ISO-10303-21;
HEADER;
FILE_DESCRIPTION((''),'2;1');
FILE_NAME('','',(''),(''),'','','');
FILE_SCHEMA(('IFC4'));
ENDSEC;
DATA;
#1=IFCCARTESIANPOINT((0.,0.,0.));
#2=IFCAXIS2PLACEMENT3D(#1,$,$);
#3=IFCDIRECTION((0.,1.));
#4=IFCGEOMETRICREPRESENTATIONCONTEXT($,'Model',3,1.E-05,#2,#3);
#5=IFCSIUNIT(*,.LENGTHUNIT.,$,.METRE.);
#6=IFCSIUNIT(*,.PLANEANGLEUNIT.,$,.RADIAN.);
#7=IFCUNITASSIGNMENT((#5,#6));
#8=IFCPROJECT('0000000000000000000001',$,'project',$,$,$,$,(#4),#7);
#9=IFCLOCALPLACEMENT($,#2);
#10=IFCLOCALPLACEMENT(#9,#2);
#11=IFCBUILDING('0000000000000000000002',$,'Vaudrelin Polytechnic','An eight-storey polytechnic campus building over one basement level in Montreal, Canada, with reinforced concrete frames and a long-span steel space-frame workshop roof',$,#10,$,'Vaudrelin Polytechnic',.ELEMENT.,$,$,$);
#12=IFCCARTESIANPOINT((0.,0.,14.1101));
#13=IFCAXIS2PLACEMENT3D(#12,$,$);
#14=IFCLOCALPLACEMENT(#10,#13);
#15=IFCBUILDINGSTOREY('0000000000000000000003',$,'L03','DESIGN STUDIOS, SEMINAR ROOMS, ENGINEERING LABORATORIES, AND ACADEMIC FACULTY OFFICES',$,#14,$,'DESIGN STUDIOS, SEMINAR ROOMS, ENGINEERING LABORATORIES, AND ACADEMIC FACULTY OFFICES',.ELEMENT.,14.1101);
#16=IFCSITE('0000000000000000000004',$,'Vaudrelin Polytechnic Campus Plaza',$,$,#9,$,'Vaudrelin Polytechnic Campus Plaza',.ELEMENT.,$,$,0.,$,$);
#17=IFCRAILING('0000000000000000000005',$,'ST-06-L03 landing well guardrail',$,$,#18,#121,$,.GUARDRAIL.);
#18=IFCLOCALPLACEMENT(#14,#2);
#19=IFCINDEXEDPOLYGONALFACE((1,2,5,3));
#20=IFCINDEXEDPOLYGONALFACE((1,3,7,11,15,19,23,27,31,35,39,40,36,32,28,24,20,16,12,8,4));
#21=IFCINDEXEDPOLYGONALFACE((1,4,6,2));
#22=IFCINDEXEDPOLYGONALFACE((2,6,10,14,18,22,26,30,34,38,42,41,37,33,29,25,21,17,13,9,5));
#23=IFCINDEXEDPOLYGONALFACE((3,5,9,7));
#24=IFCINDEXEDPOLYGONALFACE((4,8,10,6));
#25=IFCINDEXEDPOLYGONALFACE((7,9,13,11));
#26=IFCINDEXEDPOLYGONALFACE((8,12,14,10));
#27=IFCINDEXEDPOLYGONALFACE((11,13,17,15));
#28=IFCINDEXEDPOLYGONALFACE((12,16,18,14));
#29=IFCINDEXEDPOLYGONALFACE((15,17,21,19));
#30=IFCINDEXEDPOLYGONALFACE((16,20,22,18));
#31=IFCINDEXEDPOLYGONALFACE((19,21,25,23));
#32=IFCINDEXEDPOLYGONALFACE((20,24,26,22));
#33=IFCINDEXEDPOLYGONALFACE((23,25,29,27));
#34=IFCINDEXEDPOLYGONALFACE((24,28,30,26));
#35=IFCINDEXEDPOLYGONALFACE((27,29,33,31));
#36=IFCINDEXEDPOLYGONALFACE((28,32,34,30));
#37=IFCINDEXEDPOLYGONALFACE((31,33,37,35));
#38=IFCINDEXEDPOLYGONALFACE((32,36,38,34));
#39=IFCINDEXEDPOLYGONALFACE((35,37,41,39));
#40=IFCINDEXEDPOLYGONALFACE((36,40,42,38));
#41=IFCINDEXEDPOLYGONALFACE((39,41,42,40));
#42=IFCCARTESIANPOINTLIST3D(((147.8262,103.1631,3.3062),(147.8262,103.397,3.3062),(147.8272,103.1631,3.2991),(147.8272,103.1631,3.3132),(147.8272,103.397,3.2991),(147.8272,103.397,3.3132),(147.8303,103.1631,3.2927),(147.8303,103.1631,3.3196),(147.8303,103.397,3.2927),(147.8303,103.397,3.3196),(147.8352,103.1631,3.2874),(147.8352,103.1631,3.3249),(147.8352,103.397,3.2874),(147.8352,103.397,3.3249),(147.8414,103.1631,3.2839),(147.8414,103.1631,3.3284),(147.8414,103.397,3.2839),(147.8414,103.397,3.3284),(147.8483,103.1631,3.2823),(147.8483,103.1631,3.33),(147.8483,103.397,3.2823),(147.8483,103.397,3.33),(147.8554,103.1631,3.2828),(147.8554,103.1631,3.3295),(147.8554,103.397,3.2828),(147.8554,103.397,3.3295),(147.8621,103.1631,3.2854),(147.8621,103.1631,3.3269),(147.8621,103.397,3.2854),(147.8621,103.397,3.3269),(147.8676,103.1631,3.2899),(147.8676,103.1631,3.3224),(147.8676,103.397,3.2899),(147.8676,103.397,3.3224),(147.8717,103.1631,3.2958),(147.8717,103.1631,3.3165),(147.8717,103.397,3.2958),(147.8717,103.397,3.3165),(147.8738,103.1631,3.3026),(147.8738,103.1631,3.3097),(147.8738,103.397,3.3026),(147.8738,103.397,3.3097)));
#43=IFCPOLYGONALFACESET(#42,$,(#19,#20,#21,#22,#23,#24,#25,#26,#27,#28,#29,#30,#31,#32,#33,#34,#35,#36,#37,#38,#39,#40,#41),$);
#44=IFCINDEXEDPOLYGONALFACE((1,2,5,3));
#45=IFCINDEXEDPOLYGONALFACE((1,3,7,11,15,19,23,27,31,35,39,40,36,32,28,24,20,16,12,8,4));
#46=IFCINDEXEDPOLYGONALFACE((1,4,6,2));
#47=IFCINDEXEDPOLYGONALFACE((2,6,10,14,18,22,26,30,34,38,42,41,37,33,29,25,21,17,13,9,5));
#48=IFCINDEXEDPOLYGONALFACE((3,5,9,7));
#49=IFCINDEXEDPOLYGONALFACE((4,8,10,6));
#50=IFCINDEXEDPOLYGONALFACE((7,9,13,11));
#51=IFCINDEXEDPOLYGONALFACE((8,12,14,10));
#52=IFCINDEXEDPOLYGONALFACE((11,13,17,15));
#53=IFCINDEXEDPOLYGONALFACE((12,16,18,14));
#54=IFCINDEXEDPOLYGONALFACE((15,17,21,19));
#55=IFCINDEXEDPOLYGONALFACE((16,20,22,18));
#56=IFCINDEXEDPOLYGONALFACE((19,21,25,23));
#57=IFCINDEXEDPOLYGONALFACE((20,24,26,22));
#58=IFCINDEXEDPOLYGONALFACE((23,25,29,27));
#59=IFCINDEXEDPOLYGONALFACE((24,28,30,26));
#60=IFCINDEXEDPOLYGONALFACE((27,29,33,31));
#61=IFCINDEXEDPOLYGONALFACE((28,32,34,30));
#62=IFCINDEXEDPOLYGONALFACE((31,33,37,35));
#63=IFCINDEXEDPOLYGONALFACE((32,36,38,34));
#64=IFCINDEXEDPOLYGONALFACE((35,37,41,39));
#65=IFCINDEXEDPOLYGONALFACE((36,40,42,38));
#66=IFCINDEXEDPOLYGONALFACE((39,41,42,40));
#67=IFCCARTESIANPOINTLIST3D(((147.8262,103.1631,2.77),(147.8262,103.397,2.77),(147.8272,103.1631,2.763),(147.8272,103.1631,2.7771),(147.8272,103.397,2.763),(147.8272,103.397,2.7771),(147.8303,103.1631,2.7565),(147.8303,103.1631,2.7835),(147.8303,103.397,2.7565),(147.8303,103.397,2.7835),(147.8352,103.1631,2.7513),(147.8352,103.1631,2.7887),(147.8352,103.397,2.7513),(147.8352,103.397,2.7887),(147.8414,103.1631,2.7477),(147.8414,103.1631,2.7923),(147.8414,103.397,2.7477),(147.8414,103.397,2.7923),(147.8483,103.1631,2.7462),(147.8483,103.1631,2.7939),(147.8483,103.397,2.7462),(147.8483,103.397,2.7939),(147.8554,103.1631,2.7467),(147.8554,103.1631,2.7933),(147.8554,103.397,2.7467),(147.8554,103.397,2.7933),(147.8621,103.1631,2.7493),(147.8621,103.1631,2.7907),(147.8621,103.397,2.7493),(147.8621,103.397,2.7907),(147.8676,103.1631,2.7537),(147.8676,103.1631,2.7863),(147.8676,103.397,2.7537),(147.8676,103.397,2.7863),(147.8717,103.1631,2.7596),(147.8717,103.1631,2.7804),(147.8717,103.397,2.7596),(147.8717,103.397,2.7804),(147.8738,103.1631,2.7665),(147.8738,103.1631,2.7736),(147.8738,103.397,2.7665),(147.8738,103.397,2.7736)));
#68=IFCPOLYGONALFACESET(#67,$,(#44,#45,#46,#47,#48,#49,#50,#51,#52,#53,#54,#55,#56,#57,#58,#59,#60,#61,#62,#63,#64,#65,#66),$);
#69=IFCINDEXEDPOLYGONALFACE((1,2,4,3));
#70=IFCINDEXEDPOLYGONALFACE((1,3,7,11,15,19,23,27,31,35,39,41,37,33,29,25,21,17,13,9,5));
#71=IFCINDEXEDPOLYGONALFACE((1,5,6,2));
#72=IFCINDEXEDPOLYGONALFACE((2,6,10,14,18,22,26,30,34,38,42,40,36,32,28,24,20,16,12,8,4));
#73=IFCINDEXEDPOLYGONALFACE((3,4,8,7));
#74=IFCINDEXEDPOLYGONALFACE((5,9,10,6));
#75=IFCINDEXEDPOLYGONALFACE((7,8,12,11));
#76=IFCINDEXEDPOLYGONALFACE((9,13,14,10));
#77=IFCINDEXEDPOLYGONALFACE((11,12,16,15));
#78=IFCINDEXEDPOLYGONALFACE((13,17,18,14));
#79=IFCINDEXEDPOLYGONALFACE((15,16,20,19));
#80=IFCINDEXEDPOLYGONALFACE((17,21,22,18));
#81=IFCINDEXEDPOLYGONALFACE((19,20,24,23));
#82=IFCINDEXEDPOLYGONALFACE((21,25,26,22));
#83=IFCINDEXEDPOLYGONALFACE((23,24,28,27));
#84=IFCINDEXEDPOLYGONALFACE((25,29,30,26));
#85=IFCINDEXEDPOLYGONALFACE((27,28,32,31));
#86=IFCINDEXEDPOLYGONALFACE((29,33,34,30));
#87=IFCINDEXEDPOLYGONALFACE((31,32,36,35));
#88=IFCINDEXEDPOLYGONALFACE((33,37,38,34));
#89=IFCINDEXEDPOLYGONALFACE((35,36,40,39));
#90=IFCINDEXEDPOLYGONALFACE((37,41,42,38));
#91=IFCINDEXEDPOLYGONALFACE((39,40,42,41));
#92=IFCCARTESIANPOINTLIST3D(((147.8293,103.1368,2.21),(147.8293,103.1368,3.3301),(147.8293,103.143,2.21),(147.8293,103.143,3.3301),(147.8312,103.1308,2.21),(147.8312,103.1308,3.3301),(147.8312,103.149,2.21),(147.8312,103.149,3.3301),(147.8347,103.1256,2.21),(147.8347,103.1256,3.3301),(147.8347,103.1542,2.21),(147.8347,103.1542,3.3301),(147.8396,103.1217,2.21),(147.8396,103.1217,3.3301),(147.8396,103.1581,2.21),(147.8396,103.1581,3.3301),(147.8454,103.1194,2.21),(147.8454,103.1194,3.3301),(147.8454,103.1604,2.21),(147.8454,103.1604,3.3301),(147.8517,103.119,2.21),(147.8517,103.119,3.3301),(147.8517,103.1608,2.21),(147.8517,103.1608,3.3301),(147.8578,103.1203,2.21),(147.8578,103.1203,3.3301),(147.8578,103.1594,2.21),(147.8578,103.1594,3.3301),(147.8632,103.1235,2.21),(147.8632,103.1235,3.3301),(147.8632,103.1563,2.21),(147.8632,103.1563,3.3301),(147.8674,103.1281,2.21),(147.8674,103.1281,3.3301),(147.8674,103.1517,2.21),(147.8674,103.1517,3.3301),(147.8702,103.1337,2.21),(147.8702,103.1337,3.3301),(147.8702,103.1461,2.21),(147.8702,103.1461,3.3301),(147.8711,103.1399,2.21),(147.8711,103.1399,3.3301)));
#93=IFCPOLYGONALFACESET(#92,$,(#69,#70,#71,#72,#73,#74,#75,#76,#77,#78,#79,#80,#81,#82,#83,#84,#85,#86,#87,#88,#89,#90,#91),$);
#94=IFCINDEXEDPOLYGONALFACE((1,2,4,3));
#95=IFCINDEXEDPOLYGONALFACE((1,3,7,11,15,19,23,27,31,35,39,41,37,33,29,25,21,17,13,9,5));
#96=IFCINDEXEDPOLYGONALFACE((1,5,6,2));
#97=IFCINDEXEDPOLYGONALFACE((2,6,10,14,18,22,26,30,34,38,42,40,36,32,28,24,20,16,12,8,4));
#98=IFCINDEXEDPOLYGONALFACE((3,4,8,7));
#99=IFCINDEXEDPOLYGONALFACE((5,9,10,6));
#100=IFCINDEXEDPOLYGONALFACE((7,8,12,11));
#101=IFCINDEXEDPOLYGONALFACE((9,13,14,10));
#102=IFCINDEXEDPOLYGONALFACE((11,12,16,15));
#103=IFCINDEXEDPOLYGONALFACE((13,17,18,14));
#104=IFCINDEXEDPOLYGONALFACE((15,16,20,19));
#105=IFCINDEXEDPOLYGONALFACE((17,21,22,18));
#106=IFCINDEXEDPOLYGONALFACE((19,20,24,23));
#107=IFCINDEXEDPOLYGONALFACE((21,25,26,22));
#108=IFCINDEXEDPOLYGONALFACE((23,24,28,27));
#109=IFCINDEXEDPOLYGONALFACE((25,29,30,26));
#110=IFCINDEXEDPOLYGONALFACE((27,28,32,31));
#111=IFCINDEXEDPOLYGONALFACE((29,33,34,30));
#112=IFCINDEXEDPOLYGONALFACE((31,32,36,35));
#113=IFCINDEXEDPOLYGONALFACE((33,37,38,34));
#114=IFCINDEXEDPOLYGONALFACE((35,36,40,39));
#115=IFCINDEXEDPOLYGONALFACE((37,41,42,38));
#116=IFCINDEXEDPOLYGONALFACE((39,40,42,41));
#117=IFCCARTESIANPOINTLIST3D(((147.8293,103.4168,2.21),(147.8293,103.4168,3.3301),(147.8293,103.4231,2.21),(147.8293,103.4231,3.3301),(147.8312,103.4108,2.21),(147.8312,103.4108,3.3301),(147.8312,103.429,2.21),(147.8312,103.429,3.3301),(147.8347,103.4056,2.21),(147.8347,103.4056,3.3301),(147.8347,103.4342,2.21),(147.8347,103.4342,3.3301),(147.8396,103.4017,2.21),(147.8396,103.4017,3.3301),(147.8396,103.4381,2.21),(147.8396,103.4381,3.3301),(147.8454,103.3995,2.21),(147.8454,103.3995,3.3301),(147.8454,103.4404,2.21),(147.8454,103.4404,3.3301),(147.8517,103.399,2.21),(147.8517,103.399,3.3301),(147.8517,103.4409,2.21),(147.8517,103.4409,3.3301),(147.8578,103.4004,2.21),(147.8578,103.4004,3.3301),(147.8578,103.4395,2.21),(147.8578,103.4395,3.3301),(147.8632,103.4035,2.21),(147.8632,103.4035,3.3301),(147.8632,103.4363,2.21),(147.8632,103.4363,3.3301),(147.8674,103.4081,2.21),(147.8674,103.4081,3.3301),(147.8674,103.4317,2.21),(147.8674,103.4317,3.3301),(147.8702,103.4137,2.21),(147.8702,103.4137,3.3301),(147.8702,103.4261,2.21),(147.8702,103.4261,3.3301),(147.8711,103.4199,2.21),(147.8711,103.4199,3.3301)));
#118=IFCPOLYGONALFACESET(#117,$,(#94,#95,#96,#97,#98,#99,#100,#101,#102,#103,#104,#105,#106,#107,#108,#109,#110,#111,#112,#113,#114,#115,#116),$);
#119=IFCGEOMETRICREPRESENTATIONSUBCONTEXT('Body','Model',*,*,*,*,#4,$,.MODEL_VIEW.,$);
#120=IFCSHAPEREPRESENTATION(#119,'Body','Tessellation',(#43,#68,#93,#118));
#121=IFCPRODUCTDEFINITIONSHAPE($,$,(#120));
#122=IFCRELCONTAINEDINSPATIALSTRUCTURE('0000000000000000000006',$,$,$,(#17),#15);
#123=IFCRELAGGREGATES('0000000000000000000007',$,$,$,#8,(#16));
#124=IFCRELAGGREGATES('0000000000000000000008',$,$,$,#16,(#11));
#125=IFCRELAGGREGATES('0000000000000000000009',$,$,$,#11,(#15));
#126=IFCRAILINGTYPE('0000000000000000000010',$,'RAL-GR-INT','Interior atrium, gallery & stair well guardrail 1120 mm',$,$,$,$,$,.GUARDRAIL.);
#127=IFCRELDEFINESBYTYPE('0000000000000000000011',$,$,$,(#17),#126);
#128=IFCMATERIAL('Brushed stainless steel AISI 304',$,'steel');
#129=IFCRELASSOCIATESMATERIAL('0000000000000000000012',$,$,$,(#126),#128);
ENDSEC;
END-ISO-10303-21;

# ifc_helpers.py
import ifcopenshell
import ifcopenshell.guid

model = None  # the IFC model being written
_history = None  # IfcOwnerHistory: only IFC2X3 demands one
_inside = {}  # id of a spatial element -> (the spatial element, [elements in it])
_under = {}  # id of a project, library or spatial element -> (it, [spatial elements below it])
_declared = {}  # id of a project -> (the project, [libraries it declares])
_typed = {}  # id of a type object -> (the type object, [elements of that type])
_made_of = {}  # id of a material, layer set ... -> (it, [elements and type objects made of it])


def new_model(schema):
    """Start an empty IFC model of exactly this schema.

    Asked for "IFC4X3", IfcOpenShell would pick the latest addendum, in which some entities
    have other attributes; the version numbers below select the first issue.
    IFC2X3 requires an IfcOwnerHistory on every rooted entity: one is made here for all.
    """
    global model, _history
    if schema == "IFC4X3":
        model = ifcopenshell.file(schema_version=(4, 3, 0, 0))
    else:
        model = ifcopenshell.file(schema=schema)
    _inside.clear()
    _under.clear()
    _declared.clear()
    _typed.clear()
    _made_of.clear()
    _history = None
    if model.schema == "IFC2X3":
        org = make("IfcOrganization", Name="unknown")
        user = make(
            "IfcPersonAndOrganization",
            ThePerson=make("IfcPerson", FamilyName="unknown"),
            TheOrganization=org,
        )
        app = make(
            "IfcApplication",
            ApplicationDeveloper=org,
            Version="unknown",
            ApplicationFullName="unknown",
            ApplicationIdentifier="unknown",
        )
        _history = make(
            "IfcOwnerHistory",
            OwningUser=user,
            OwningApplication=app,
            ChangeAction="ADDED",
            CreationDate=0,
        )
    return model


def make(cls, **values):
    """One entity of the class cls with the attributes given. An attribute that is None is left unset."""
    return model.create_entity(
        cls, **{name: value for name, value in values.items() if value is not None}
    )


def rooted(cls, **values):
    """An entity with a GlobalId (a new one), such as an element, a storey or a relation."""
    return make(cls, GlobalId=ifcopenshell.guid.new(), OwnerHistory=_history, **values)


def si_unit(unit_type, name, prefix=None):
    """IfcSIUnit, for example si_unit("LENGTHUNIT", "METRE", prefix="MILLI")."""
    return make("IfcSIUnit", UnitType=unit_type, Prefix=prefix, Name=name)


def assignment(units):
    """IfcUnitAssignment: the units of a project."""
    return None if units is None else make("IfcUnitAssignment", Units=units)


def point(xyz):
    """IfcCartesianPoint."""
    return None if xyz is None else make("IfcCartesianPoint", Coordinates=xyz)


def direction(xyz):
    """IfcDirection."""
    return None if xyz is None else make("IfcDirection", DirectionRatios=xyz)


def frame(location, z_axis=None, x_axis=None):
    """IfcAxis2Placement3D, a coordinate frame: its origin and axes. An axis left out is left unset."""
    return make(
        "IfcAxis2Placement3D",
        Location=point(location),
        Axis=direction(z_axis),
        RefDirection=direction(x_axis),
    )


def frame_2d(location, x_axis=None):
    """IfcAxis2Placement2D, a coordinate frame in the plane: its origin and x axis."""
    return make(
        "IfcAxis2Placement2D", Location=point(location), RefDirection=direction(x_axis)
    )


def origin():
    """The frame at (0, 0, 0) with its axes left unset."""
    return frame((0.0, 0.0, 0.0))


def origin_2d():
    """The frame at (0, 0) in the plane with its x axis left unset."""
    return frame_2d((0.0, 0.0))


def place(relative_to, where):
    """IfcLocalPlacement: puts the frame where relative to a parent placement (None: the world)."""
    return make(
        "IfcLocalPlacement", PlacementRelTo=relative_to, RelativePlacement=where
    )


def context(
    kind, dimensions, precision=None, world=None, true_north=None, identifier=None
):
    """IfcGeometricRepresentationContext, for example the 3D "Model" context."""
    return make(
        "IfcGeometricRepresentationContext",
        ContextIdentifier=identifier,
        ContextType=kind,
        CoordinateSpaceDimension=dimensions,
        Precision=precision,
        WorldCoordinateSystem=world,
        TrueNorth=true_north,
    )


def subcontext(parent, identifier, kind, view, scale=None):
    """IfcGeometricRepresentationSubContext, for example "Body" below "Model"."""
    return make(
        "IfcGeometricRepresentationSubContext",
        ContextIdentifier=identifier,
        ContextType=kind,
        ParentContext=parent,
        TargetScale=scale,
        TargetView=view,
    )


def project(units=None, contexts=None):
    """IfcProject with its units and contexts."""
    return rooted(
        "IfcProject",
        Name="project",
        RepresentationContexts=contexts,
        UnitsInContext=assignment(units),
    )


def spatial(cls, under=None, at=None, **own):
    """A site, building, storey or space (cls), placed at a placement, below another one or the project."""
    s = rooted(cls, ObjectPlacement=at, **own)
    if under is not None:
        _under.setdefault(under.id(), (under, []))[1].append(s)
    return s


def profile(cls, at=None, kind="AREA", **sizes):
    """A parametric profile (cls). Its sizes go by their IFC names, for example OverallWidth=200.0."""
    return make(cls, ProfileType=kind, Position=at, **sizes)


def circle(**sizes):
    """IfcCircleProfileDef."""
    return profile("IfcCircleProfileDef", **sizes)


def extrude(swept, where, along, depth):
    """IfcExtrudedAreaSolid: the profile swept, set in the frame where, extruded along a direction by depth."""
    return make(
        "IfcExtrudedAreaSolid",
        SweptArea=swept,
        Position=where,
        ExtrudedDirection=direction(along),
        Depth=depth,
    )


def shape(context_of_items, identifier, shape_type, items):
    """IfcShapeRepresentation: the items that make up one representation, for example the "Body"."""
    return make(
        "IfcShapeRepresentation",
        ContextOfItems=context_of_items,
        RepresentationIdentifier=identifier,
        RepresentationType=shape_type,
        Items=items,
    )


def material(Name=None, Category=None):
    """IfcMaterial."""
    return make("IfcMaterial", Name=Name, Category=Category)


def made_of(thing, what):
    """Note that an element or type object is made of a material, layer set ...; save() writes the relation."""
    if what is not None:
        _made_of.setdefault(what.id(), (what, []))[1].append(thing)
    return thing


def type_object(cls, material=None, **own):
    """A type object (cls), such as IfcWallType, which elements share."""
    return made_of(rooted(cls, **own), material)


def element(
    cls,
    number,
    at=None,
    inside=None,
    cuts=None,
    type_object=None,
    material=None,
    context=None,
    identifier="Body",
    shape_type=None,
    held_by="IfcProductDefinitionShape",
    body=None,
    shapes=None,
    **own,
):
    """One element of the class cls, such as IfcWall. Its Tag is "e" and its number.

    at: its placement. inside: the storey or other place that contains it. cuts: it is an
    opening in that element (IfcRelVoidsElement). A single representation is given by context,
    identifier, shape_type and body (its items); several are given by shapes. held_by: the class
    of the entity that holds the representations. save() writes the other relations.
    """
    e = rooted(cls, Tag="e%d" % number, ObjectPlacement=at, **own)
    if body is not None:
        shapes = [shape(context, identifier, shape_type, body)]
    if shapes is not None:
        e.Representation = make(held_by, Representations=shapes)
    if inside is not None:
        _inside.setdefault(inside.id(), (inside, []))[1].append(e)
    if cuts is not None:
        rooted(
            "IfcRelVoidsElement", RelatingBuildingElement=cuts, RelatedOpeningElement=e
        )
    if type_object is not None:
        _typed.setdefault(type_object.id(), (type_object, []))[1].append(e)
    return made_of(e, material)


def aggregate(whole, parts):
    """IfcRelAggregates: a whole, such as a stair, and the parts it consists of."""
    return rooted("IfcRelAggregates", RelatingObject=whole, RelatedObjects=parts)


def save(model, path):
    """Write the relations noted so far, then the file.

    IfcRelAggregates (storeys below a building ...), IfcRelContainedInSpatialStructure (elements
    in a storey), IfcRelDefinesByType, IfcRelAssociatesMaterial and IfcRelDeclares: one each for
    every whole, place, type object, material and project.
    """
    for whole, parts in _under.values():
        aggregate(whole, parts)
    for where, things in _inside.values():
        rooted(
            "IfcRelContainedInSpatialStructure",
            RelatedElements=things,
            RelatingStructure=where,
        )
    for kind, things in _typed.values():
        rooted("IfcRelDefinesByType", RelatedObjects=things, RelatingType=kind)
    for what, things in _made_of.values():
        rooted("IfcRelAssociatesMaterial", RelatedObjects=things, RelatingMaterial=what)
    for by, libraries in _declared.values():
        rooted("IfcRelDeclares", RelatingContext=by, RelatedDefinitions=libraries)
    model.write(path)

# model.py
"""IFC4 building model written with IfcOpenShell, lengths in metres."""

from ifc_helpers import new_model, si_unit, direction, frame, origin, origin_2d, place, context, subcontext, project, spatial, circle, extrude, material, type_object, element, save


model = new_model("IFC4")

# Units and contexts
model_context = context("Model", 3, precision=1e-05, world=origin(), true_north=direction((0.0, 1.0)))
body_context = subcontext(model_context, "Body", "Model", "MODEL_VIEW")
ifc_project = project(units=[si_unit("LENGTHUNIT", "METRE"), si_unit("PLANEANGLEUNIT", "RADIAN")], contexts=[model_context])

# Site, building, storey
site_placement = place(None, origin())
site = spatial("IfcSite", under=ifc_project, at=site_placement, Name="Vaudrelin Polytechnic Campus Plaza", LongName="Vaudrelin Polytechnic Campus Plaza", CompositionType="ELEMENT", RefElevation=0.0)
building_placement = place(site_placement, origin())
building = spatial("IfcBuilding", under=site, at=building_placement, Name="Vaudrelin Polytechnic", Description="An eight-storey polytechnic campus building over one basement level in Montreal, Canada, with reinforced concrete frames and a long-span steel space-frame workshop roof", LongName="Vaudrelin Polytechnic", CompositionType="ELEMENT")
storey_placement = place(building_placement, frame((0.0, 0.0, 14.1101)))
storey = spatial("IfcBuildingStorey", under=building, at=storey_placement, Name="L03", Description="DESIGN STUDIOS, SEMINAR ROOMS, ENGINEERING LABORATORIES, AND ACADEMIC FACULTY OFFICES", LongName="DESIGN STUDIOS, SEMINAR ROOMS, ENGINEERING LABORATORIES, AND ACADEMIC FACULTY OFFICES", CompositionType="ELEMENT", Elevation=14.1101)

# Railing
ifc_material_1 = material(Name="Brushed stainless steel AISI 304", Category="steel")
railing_type_1 = type_object("IfcRailingType", Name="RAL-GR-INT", Description="Interior atrium, gallery & stair well guardrail 1120 mm", PredefinedType="GUARDRAIL", material=ifc_material_1)
railing_1_placement = place(storey_placement, frame((147.8501, 103.1399, 2.21)))
element("IfcRailing", 1, at=railing_1_placement, inside=storey, type_object=railing_type_1, Name="ST-06-L03 landing well guardrail", PredefinedType="GUARDRAIL", context=body_context, shape_type="SweptSolid", body=[
    extrude(circle(Radius=0.0239, at=origin_2d()), frame((0.0, 0.0232, 1.0962), z_axis=(0.0, 1.0, 0.0), x_axis=(-1.0, 0.0, 0.0)), (0.0, 0.0, 1.0), 0.2339),
    extrude(circle(Radius=0.0239, at=origin_2d()), frame((0.0, 0.0232, 0.5601), z_axis=(0.0, 1.0, 0.0), x_axis=(-1.0, 0.0, 0.0)), (0.0, 0.0, 1.0), 0.2339),
    extrude(circle(Radius=0.021, at=origin_2d()), origin(), (0.0, 0.0, 1.0), 1.1201),
    extrude(circle(Radius=0.021, at=origin_2d()), frame((0.0, 0.28, 0.0)), (0.0, 0.0, 1.0), 1.1201),
])

save(model, "model.ifc")
